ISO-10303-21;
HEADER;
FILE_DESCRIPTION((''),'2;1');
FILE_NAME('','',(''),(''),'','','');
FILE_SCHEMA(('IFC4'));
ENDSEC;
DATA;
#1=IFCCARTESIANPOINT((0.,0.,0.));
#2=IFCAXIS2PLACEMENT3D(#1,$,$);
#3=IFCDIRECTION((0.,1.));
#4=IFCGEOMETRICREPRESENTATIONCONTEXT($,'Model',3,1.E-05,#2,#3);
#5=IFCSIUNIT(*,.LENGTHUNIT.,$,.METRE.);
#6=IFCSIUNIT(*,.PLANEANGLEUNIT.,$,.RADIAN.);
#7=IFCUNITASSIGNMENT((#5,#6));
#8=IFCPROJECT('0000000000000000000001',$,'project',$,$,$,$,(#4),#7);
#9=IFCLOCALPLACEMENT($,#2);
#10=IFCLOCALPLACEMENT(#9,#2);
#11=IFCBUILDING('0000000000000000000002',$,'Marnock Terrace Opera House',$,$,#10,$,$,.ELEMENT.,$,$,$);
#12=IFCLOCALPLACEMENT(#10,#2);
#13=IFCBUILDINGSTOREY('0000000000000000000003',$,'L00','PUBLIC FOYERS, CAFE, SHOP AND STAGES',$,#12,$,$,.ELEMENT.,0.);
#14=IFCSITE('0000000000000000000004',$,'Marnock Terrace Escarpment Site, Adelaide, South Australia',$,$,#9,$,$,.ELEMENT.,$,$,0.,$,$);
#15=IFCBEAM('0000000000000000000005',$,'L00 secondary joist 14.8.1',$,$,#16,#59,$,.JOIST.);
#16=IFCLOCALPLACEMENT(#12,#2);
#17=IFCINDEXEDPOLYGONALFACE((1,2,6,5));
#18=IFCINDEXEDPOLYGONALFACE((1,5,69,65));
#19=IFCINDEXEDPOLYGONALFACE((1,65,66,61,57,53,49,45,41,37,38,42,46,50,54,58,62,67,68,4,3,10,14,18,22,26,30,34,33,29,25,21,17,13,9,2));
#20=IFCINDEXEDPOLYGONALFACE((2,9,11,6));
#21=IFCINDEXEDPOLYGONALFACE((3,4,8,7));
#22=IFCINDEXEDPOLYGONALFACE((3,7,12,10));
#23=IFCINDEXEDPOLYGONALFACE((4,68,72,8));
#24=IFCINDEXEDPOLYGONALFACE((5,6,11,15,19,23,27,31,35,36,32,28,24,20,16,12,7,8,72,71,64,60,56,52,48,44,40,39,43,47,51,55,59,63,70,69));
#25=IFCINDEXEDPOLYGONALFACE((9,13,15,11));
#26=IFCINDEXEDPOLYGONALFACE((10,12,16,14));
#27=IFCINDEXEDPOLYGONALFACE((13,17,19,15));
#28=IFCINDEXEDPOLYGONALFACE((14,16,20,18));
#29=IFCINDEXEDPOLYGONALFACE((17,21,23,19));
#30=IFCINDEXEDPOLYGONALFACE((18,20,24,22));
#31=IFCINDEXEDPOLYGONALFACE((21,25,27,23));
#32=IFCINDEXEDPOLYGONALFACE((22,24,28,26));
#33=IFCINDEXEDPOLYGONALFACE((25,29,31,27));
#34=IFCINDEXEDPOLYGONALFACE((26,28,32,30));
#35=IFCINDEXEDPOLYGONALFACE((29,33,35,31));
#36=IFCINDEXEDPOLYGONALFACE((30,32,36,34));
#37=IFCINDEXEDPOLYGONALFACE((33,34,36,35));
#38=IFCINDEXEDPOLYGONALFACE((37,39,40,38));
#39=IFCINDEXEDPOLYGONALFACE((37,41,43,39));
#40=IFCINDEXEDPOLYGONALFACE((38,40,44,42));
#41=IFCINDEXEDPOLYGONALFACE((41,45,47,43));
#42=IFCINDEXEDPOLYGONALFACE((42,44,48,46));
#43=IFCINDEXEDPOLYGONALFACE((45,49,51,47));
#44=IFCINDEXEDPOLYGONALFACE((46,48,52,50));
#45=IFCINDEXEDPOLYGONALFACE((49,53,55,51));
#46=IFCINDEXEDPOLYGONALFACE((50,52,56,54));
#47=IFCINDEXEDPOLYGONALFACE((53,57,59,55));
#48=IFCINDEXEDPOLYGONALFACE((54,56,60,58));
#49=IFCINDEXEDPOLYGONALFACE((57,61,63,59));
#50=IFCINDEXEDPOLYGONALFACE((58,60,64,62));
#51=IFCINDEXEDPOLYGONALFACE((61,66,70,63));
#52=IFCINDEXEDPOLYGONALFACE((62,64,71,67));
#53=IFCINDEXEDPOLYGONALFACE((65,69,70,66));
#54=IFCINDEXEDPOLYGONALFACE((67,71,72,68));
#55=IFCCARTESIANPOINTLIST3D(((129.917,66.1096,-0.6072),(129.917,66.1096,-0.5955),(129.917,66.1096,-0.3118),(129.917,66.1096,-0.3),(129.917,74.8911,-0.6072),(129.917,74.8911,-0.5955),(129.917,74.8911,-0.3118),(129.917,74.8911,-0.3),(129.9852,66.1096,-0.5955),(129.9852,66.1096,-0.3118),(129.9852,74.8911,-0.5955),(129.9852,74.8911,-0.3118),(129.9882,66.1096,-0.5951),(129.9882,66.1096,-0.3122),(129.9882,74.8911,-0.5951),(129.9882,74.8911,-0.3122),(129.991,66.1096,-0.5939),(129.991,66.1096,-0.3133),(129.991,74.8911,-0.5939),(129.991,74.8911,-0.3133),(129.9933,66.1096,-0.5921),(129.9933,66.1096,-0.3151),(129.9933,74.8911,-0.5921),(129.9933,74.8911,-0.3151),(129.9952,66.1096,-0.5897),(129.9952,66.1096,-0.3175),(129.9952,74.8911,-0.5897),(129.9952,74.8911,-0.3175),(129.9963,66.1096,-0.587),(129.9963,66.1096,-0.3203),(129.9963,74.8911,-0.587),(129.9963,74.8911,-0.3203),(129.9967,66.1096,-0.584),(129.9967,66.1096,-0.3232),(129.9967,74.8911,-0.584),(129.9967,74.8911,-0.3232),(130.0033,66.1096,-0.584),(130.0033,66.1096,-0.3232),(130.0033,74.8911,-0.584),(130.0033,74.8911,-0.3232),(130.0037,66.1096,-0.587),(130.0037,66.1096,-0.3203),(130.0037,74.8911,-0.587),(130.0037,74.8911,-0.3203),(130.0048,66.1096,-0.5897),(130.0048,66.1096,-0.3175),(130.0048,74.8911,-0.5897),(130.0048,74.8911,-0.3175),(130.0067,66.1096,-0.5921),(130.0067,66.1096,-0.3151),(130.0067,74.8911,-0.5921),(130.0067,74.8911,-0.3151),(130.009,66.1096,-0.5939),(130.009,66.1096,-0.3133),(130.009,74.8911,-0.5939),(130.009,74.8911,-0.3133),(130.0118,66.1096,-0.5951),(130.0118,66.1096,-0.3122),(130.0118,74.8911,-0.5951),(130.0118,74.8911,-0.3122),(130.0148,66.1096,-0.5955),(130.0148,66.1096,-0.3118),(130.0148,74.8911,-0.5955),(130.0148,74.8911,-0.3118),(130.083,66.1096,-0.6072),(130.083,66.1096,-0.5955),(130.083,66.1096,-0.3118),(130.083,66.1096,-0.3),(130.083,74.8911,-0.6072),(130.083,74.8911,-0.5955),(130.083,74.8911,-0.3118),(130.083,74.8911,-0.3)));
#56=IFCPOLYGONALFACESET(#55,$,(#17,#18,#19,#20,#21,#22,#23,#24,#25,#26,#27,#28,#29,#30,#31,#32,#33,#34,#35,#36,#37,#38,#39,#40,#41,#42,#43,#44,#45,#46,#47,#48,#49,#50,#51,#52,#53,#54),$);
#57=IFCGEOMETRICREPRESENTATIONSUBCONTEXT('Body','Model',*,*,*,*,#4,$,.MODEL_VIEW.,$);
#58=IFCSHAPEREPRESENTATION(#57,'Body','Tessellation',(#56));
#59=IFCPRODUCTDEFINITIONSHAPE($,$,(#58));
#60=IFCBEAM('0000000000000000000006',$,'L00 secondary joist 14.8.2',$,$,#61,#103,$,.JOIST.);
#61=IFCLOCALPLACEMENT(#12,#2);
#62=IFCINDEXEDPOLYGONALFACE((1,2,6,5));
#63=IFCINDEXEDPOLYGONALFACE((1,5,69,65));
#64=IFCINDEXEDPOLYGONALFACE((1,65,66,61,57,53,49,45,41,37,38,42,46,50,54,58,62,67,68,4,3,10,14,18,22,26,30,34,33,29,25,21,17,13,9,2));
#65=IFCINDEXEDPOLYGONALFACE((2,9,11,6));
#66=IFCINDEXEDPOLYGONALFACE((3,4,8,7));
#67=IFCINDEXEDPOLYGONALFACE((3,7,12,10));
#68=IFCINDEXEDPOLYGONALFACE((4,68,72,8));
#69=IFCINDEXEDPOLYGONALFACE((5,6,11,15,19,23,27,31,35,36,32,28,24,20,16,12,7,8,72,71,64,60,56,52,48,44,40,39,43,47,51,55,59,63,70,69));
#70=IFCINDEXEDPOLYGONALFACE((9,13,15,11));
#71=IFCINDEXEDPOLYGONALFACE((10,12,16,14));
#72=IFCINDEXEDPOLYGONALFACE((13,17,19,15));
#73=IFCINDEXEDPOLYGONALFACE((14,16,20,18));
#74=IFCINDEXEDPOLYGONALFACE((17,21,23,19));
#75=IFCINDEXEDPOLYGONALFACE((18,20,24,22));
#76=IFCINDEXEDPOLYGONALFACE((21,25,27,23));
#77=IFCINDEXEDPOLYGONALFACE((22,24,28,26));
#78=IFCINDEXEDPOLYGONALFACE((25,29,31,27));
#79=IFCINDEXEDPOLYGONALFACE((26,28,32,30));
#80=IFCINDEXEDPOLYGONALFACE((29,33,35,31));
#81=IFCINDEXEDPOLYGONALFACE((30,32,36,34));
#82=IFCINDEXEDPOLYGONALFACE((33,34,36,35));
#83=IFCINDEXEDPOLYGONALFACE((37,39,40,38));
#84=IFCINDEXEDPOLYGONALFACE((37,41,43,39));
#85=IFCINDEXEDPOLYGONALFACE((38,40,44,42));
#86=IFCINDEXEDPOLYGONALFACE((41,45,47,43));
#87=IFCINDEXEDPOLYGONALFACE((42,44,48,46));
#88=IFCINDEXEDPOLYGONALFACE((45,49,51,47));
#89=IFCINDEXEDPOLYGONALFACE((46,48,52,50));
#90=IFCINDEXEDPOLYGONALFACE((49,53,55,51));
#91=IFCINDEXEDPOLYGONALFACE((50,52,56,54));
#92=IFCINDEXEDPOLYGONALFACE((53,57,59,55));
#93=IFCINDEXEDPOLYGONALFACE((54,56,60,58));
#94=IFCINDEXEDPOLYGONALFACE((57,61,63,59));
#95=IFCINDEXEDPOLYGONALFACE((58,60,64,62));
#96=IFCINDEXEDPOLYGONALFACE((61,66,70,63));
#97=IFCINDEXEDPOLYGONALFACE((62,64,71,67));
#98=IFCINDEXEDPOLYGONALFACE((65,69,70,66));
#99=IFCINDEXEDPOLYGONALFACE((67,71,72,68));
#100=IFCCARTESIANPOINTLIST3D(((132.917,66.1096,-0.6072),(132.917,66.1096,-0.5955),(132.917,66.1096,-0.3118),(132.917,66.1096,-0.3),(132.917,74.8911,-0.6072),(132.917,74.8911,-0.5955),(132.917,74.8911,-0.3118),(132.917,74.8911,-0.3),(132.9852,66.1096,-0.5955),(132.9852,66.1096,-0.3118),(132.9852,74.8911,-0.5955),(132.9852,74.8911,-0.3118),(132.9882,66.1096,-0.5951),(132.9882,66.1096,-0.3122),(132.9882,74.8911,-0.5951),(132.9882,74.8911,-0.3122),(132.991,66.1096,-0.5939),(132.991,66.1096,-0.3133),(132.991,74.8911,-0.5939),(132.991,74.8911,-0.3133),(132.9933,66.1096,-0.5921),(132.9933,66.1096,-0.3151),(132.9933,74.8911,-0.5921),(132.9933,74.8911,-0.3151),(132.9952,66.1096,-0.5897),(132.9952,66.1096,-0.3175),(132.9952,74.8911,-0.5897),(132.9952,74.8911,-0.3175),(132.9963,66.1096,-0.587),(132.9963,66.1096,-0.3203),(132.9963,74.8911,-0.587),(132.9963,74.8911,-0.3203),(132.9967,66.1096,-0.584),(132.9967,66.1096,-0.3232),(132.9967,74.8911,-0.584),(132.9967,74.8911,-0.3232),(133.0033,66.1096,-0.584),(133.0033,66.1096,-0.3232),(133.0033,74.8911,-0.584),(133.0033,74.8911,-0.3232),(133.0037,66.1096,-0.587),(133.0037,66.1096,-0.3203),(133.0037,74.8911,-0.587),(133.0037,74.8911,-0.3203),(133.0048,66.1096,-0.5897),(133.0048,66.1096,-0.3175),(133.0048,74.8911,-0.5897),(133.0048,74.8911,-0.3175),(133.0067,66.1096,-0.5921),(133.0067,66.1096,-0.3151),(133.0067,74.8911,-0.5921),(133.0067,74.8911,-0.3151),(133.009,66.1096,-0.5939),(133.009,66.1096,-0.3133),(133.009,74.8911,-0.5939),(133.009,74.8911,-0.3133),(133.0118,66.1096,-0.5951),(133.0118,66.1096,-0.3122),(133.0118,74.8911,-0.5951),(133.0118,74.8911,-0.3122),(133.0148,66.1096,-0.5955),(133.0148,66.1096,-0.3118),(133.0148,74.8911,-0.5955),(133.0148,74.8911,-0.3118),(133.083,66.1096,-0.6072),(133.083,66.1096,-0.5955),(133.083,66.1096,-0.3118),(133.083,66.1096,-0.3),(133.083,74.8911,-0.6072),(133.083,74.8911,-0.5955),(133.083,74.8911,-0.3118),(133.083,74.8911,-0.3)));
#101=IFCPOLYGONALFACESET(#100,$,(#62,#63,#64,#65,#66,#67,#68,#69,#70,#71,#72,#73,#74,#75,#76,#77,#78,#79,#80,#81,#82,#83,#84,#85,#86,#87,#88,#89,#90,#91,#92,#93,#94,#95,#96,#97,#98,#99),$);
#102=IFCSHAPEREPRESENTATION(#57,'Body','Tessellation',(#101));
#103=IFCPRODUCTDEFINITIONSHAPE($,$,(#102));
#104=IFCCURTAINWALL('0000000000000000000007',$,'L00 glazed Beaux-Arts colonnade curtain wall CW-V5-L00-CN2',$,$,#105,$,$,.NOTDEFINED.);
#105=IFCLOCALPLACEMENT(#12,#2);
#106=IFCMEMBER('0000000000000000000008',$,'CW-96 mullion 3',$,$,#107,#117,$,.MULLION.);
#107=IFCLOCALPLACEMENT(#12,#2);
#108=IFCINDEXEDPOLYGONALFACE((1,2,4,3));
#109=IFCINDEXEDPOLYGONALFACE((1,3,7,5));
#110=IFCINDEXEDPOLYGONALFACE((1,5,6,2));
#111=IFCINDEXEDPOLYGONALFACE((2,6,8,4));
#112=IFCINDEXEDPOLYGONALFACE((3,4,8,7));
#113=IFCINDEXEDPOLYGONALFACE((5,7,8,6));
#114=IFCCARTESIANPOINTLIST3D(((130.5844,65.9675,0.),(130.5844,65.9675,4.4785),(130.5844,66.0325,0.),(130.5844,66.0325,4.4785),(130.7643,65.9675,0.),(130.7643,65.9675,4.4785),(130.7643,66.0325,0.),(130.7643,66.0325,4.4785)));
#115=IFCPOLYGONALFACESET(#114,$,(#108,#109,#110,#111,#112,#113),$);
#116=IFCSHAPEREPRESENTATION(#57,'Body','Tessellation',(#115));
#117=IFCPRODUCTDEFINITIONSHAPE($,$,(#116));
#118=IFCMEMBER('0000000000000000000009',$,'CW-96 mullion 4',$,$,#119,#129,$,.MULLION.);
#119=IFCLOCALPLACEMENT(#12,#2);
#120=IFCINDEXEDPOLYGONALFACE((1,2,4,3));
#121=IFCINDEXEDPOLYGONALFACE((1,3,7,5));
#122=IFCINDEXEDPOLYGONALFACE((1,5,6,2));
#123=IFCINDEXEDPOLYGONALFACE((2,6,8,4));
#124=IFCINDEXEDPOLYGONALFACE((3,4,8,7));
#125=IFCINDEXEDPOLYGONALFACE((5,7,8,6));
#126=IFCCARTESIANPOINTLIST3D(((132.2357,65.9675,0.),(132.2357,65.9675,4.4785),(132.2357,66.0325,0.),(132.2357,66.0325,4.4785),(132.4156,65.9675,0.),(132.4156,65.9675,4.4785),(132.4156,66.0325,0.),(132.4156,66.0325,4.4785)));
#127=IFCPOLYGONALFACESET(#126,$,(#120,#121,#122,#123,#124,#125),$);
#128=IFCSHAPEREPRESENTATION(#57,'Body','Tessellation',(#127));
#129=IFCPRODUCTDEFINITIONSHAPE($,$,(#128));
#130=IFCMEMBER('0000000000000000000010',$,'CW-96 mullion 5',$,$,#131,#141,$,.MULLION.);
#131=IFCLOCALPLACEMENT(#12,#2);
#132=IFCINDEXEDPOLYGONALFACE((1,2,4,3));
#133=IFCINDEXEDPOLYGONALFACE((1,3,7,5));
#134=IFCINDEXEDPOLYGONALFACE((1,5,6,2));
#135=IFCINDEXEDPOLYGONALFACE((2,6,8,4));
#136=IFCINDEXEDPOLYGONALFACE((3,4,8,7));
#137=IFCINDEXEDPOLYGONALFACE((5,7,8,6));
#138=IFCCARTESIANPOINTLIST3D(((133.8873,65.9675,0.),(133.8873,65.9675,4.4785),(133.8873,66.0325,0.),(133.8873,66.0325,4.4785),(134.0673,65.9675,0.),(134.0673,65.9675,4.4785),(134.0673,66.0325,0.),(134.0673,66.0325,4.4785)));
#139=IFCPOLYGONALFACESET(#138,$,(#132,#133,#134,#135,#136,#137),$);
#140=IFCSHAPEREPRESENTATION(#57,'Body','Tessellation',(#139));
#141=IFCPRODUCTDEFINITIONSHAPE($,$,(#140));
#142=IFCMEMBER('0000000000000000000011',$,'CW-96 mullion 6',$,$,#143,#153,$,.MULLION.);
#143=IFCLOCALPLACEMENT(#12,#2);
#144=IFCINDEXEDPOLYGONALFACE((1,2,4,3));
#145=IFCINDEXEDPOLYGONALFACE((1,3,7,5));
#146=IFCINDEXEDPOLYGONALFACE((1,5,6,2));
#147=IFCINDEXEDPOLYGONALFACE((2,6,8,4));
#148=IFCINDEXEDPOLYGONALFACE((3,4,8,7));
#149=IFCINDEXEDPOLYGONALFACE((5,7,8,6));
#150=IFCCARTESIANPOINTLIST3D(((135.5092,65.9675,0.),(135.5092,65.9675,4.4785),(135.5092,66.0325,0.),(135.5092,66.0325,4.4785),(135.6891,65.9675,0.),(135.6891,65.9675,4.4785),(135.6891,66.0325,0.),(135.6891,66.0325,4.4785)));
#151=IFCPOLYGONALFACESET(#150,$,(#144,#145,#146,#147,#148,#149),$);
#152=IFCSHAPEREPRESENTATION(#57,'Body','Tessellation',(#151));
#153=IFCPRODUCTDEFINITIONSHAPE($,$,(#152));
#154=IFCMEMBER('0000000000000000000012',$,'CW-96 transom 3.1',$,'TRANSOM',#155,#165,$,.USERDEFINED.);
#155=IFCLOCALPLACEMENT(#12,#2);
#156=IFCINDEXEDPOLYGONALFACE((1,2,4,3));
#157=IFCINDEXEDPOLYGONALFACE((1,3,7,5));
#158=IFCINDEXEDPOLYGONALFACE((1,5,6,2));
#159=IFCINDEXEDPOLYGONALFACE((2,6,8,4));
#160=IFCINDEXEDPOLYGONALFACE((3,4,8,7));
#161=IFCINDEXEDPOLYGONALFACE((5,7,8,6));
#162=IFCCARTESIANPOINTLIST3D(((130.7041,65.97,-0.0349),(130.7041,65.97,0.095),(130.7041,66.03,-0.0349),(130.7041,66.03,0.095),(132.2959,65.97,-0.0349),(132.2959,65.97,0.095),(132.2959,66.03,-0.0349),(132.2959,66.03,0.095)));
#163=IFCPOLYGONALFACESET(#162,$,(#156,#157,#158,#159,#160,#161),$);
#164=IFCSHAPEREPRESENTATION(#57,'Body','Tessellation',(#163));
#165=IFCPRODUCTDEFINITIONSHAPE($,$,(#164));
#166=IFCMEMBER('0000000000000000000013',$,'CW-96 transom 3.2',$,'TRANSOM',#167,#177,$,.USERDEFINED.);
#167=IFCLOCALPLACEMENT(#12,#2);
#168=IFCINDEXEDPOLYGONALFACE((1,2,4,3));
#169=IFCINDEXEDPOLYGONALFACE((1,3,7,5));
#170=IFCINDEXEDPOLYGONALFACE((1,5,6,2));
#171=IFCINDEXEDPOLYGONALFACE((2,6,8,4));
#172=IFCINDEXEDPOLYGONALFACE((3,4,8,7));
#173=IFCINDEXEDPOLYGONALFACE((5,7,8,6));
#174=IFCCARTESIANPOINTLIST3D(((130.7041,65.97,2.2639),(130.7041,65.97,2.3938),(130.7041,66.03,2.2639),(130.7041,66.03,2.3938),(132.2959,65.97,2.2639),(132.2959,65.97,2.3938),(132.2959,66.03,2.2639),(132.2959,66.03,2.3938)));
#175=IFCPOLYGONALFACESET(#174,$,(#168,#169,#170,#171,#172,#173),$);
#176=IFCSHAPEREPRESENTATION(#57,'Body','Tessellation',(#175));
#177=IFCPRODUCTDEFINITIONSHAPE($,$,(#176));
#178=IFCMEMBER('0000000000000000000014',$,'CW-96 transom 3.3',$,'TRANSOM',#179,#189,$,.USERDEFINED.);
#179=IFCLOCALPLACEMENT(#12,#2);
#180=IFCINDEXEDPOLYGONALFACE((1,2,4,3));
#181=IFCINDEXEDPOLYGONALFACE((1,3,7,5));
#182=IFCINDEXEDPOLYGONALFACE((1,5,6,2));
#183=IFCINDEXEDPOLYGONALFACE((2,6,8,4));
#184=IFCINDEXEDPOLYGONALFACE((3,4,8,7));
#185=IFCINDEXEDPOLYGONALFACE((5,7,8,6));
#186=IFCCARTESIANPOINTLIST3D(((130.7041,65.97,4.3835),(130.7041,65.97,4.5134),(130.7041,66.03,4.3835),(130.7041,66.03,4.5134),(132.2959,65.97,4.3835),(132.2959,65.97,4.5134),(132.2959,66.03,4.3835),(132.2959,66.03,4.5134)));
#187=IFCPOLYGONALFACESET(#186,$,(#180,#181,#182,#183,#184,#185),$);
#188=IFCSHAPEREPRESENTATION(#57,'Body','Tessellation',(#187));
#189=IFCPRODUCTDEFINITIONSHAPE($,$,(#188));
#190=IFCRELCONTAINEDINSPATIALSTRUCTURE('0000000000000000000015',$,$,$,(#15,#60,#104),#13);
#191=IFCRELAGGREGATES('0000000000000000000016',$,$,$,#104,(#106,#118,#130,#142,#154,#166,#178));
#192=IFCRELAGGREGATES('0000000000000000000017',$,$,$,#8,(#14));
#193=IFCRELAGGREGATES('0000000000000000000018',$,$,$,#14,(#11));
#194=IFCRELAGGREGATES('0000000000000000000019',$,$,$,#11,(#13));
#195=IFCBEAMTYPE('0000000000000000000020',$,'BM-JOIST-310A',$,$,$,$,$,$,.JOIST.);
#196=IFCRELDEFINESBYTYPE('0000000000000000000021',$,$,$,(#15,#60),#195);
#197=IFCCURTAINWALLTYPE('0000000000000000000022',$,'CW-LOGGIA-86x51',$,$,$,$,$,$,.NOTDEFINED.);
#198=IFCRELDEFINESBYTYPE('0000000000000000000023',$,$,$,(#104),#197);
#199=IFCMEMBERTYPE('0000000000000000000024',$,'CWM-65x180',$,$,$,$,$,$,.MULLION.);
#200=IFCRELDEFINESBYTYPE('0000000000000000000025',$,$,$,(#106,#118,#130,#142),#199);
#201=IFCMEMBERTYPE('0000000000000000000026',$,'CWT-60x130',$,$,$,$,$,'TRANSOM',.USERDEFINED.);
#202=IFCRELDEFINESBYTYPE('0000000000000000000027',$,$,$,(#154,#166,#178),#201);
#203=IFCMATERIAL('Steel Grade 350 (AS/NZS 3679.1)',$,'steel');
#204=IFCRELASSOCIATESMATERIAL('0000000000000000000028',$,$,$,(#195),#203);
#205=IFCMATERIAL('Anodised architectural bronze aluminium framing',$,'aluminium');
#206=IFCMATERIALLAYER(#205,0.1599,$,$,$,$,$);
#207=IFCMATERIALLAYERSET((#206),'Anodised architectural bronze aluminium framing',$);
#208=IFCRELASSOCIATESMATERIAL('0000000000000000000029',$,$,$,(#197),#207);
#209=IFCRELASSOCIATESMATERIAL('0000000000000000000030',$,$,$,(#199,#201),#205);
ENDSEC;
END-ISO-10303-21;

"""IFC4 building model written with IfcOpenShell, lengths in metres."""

from ifc_helpers import new_model, si_unit, direction, frame, origin, origin_2d, place, context, subcontext, project, spatial, rectangle, i_section, extrude, material, layer, layer_set, material_profile, profile_set, type_object, element, aggregate, save


model = new_model("IFC4")

# Units and contexts
model_context = context("Model", 3, precision=1e-05, world=origin(), true_north=direction((0.0, 1.0)))
body_context = subcontext(model_context, "Body", "Model", "MODEL_VIEW")
ifc_project = project(units=[si_unit("LENGTHUNIT", "METRE"), si_unit("PLANEANGLEUNIT", "RADIAN")], contexts=[model_context])

# Site, building, storey
site_placement = place(None, origin())
site = spatial("IfcSite", under=ifc_project, at=site_placement, Name="Marnock Terrace Escarpment Site, Adelaide, South Australia", CompositionType="ELEMENT", RefElevation=0.0)
building_placement = place(site_placement, origin())
building = spatial("IfcBuilding", under=site, at=building_placement, Name="Marnock Terrace Opera House", CompositionType="ELEMENT")
storey_placement = place(building_placement, origin())
storey = spatial("IfcBuildingStorey", under=building, at=storey_placement, Name="L00", Description="PUBLIC FOYERS, CAFE, SHOP AND STAGES", CompositionType="ELEMENT", Elevation=0.0)

# Beams
ifc_material_1 = material(Name="Steel Grade 350 (AS/NZS 3679.1)", Category="steel")
ifc_material_profile_1 = material_profile(ifc_material_1, i_section(OverallWidth=0.166, OverallDepth=0.3071, WebThickness=0.0066, FlangeThickness=0.0117, FilletRadius=0.0115, at=origin_2d()))
ifc_profile_set_1 = profile_set([ifc_material_profile_1], Name="Steel Grade 350 (AS/NZS 3679.1)")
beam_type = type_object("IfcBeamType", Name="BM-JOIST-310A", PredefinedType="JOIST", material=ifc_profile_set_1)
for number, where, z_axis, x_axis, name in (
    (1, (130.0, 66.1096, -0.4536), (0.0, 1.0, 0.0), (-1.0, 0.0, 0.0), "L00 secondary joist 14.8.1"),
    (2, (133.0, 66.1096, -0.4536), (0.0, 1.0, 0.0), (-1.0, 0.0, 0.0), "L00 secondary joist 14.8.2"),
):
    element("IfcBeam", number, at=place(storey_placement, frame(where, z_axis=z_axis, x_axis=x_axis)), inside=storey, type_object=beam_type, Name=name, PredefinedType="JOIST", context=body_context, shape_type="SweptSolid", body=[
        extrude(i_section(OverallWidth=0.166, OverallDepth=0.3071, WebThickness=0.0066, FlangeThickness=0.0117, FilletRadius=0.0115, at=origin_2d()), origin(), (0.0, 0.0, 1.0), 8.7815),
    ])

# Curtain wall, members
ifc_material_2 = material(Name="Anodised architectural bronze aluminium framing", Category="aluminium")
ifc_layer_1 = layer(ifc_material_2, 0.1599)
ifc_layer_set_1 = layer_set([ifc_layer_1], Name="Anodised architectural bronze aluminium framing")
curtain_wall_type = type_object("IfcCurtainWallType", Name="CW-LOGGIA-86x51", PredefinedType="NOTDEFINED", material=ifc_layer_set_1)
curtain_wall_placement = place(storey_placement, origin())
curtain_wall = element("IfcCurtainWall", 3, at=curtain_wall_placement, inside=storey, type_object=curtain_wall_type, Name="L00 glazed Beaux-Arts colonnade curtain wall CW-V5-L00-CN2", PredefinedType="NOTDEFINED")
ifc_material_profile_2 = material_profile(ifc_material_2, rectangle(XDim=0.0649, YDim=0.1799, at=origin_2d()))
ifc_profile_set_2 = profile_set([ifc_material_profile_2], Name="Anodised architectural bronze aluminium framing")
member_type_1 = type_object("IfcMemberType", Name="CWM-65x180", PredefinedType="MULLION", material=ifc_profile_set_2)
member_1_placement = place(storey_placement, frame((130.6743, 66.0, 0.0), z_axis=(0.0, 0.0, 1.0), x_axis=(0.0, 1.0, 0.0)))
member_1 = element("IfcMember", 4, at=member_1_placement, type_object=member_type_1, Name="CW-96 mullion 3", PredefinedType="MULLION", context=body_context, shape_type="SweptSolid", body=[
    extrude(rectangle(XDim=0.0649, YDim=0.1799, at=origin_2d()), origin(), (0.0, 0.0, 1.0), 4.4785),
])
member_2_placement = place(storey_placement, frame((132.3257, 66.0, 0.0), z_axis=(0.0, 0.0, 1.0), x_axis=(0.0, 1.0, 0.0)))
member_2 = element("IfcMember", 5, at=member_2_placement, type_object=member_type_1, Name="CW-96 mullion 4", PredefinedType="MULLION", context=body_context, shape_type="SweptSolid", body=[
    extrude(rectangle(XDim=0.0649, YDim=0.1799, at=origin_2d()), origin(), (0.0, 0.0, 1.0), 4.4785),
])
member_3_placement = place(storey_placement, frame((133.9773, 66.0, 0.0), z_axis=(0.0, 0.0, 1.0), x_axis=(0.0, 1.0, 0.0)))
member_3 = element("IfcMember", 6, at=member_3_placement, type_object=member_type_1, Name="CW-96 mullion 5", PredefinedType="MULLION", context=body_context, shape_type="SweptSolid", body=[
    extrude(rectangle(XDim=0.0649, YDim=0.1799, at=origin_2d()), origin(), (0.0, 0.0, 1.0), 4.4785),
])
member_4_placement = place(storey_placement, frame((135.5991, 66.0, 0.0), z_axis=(0.0, 0.0, 1.0), x_axis=(0.0, 1.0, 0.0)))
member_4 = element("IfcMember", 7, at=member_4_placement, type_object=member_type_1, Name="CW-96 mullion 6", PredefinedType="MULLION", context=body_context, shape_type="SweptSolid", body=[
    extrude(rectangle(XDim=0.0649, YDim=0.1799, at=origin_2d()), origin(), (0.0, 0.0, 1.0), 4.4785),
])
ifc_material_profile_3 = material_profile(ifc_material_2, rectangle(XDim=0.0601, YDim=0.1299, at=origin_2d()))
ifc_profile_set_3 = profile_set([ifc_material_profile_3], Name="Anodised architectural bronze aluminium framing")
member_type_2 = type_object("IfcMemberType", Name="CWT-60x130", ElementType="TRANSOM", PredefinedType="USERDEFINED", material=ifc_profile_set_3)
member_5_placement = place(storey_placement, frame((130.7041, 66.0, 0.03), z_axis=(1.0, 0.0, 0.0), x_axis=(0.0, 1.0, 0.0)))
member_5 = element("IfcMember", 8, at=member_5_placement, type_object=member_type_2, Name="CW-96 transom 3.1", ObjectType="TRANSOM", PredefinedType="USERDEFINED", context=body_context, shape_type="SweptSolid", body=[
    extrude(rectangle(XDim=0.0601, YDim=0.1299, at=origin_2d()), origin(), (0.0, 0.0, 1.0), 1.5918),
])
member_6_placement = place(storey_placement, frame((130.7041, 66.0, 2.3289), z_axis=(1.0, 0.0, 0.0), x_axis=(0.0, 1.0, 0.0)))
member_6 = element("IfcMember", 9, at=member_6_placement, type_object=member_type_2, Name="CW-96 transom 3.2", ObjectType="TRANSOM", PredefinedType="USERDEFINED", context=body_context, shape_type="SweptSolid", body=[
    extrude(rectangle(XDim=0.0601, YDim=0.1299, at=origin_2d()), origin(), (0.0, 0.0, 1.0), 1.5918),
])
member_7_placement = place(storey_placement, frame((130.7041, 66.0, 4.4485), z_axis=(1.0, 0.0, 0.0), x_axis=(0.0, 1.0, 0.0)))
member_7 = element("IfcMember", 10, at=member_7_placement, type_object=member_type_2, Name="CW-96 transom 3.3", ObjectType="TRANSOM", PredefinedType="USERDEFINED", context=body_context, shape_type="SweptSolid", body=[
    extrude(rectangle(XDim=0.0601, YDim=0.1299, at=origin_2d()), origin(), (0.0, 0.0, 1.0), 1.5918),
])
aggregate(curtain_wall, [member_1, member_2, member_3, member_4, member_5, member_6, member_7])

save(model, "model.ifc")
